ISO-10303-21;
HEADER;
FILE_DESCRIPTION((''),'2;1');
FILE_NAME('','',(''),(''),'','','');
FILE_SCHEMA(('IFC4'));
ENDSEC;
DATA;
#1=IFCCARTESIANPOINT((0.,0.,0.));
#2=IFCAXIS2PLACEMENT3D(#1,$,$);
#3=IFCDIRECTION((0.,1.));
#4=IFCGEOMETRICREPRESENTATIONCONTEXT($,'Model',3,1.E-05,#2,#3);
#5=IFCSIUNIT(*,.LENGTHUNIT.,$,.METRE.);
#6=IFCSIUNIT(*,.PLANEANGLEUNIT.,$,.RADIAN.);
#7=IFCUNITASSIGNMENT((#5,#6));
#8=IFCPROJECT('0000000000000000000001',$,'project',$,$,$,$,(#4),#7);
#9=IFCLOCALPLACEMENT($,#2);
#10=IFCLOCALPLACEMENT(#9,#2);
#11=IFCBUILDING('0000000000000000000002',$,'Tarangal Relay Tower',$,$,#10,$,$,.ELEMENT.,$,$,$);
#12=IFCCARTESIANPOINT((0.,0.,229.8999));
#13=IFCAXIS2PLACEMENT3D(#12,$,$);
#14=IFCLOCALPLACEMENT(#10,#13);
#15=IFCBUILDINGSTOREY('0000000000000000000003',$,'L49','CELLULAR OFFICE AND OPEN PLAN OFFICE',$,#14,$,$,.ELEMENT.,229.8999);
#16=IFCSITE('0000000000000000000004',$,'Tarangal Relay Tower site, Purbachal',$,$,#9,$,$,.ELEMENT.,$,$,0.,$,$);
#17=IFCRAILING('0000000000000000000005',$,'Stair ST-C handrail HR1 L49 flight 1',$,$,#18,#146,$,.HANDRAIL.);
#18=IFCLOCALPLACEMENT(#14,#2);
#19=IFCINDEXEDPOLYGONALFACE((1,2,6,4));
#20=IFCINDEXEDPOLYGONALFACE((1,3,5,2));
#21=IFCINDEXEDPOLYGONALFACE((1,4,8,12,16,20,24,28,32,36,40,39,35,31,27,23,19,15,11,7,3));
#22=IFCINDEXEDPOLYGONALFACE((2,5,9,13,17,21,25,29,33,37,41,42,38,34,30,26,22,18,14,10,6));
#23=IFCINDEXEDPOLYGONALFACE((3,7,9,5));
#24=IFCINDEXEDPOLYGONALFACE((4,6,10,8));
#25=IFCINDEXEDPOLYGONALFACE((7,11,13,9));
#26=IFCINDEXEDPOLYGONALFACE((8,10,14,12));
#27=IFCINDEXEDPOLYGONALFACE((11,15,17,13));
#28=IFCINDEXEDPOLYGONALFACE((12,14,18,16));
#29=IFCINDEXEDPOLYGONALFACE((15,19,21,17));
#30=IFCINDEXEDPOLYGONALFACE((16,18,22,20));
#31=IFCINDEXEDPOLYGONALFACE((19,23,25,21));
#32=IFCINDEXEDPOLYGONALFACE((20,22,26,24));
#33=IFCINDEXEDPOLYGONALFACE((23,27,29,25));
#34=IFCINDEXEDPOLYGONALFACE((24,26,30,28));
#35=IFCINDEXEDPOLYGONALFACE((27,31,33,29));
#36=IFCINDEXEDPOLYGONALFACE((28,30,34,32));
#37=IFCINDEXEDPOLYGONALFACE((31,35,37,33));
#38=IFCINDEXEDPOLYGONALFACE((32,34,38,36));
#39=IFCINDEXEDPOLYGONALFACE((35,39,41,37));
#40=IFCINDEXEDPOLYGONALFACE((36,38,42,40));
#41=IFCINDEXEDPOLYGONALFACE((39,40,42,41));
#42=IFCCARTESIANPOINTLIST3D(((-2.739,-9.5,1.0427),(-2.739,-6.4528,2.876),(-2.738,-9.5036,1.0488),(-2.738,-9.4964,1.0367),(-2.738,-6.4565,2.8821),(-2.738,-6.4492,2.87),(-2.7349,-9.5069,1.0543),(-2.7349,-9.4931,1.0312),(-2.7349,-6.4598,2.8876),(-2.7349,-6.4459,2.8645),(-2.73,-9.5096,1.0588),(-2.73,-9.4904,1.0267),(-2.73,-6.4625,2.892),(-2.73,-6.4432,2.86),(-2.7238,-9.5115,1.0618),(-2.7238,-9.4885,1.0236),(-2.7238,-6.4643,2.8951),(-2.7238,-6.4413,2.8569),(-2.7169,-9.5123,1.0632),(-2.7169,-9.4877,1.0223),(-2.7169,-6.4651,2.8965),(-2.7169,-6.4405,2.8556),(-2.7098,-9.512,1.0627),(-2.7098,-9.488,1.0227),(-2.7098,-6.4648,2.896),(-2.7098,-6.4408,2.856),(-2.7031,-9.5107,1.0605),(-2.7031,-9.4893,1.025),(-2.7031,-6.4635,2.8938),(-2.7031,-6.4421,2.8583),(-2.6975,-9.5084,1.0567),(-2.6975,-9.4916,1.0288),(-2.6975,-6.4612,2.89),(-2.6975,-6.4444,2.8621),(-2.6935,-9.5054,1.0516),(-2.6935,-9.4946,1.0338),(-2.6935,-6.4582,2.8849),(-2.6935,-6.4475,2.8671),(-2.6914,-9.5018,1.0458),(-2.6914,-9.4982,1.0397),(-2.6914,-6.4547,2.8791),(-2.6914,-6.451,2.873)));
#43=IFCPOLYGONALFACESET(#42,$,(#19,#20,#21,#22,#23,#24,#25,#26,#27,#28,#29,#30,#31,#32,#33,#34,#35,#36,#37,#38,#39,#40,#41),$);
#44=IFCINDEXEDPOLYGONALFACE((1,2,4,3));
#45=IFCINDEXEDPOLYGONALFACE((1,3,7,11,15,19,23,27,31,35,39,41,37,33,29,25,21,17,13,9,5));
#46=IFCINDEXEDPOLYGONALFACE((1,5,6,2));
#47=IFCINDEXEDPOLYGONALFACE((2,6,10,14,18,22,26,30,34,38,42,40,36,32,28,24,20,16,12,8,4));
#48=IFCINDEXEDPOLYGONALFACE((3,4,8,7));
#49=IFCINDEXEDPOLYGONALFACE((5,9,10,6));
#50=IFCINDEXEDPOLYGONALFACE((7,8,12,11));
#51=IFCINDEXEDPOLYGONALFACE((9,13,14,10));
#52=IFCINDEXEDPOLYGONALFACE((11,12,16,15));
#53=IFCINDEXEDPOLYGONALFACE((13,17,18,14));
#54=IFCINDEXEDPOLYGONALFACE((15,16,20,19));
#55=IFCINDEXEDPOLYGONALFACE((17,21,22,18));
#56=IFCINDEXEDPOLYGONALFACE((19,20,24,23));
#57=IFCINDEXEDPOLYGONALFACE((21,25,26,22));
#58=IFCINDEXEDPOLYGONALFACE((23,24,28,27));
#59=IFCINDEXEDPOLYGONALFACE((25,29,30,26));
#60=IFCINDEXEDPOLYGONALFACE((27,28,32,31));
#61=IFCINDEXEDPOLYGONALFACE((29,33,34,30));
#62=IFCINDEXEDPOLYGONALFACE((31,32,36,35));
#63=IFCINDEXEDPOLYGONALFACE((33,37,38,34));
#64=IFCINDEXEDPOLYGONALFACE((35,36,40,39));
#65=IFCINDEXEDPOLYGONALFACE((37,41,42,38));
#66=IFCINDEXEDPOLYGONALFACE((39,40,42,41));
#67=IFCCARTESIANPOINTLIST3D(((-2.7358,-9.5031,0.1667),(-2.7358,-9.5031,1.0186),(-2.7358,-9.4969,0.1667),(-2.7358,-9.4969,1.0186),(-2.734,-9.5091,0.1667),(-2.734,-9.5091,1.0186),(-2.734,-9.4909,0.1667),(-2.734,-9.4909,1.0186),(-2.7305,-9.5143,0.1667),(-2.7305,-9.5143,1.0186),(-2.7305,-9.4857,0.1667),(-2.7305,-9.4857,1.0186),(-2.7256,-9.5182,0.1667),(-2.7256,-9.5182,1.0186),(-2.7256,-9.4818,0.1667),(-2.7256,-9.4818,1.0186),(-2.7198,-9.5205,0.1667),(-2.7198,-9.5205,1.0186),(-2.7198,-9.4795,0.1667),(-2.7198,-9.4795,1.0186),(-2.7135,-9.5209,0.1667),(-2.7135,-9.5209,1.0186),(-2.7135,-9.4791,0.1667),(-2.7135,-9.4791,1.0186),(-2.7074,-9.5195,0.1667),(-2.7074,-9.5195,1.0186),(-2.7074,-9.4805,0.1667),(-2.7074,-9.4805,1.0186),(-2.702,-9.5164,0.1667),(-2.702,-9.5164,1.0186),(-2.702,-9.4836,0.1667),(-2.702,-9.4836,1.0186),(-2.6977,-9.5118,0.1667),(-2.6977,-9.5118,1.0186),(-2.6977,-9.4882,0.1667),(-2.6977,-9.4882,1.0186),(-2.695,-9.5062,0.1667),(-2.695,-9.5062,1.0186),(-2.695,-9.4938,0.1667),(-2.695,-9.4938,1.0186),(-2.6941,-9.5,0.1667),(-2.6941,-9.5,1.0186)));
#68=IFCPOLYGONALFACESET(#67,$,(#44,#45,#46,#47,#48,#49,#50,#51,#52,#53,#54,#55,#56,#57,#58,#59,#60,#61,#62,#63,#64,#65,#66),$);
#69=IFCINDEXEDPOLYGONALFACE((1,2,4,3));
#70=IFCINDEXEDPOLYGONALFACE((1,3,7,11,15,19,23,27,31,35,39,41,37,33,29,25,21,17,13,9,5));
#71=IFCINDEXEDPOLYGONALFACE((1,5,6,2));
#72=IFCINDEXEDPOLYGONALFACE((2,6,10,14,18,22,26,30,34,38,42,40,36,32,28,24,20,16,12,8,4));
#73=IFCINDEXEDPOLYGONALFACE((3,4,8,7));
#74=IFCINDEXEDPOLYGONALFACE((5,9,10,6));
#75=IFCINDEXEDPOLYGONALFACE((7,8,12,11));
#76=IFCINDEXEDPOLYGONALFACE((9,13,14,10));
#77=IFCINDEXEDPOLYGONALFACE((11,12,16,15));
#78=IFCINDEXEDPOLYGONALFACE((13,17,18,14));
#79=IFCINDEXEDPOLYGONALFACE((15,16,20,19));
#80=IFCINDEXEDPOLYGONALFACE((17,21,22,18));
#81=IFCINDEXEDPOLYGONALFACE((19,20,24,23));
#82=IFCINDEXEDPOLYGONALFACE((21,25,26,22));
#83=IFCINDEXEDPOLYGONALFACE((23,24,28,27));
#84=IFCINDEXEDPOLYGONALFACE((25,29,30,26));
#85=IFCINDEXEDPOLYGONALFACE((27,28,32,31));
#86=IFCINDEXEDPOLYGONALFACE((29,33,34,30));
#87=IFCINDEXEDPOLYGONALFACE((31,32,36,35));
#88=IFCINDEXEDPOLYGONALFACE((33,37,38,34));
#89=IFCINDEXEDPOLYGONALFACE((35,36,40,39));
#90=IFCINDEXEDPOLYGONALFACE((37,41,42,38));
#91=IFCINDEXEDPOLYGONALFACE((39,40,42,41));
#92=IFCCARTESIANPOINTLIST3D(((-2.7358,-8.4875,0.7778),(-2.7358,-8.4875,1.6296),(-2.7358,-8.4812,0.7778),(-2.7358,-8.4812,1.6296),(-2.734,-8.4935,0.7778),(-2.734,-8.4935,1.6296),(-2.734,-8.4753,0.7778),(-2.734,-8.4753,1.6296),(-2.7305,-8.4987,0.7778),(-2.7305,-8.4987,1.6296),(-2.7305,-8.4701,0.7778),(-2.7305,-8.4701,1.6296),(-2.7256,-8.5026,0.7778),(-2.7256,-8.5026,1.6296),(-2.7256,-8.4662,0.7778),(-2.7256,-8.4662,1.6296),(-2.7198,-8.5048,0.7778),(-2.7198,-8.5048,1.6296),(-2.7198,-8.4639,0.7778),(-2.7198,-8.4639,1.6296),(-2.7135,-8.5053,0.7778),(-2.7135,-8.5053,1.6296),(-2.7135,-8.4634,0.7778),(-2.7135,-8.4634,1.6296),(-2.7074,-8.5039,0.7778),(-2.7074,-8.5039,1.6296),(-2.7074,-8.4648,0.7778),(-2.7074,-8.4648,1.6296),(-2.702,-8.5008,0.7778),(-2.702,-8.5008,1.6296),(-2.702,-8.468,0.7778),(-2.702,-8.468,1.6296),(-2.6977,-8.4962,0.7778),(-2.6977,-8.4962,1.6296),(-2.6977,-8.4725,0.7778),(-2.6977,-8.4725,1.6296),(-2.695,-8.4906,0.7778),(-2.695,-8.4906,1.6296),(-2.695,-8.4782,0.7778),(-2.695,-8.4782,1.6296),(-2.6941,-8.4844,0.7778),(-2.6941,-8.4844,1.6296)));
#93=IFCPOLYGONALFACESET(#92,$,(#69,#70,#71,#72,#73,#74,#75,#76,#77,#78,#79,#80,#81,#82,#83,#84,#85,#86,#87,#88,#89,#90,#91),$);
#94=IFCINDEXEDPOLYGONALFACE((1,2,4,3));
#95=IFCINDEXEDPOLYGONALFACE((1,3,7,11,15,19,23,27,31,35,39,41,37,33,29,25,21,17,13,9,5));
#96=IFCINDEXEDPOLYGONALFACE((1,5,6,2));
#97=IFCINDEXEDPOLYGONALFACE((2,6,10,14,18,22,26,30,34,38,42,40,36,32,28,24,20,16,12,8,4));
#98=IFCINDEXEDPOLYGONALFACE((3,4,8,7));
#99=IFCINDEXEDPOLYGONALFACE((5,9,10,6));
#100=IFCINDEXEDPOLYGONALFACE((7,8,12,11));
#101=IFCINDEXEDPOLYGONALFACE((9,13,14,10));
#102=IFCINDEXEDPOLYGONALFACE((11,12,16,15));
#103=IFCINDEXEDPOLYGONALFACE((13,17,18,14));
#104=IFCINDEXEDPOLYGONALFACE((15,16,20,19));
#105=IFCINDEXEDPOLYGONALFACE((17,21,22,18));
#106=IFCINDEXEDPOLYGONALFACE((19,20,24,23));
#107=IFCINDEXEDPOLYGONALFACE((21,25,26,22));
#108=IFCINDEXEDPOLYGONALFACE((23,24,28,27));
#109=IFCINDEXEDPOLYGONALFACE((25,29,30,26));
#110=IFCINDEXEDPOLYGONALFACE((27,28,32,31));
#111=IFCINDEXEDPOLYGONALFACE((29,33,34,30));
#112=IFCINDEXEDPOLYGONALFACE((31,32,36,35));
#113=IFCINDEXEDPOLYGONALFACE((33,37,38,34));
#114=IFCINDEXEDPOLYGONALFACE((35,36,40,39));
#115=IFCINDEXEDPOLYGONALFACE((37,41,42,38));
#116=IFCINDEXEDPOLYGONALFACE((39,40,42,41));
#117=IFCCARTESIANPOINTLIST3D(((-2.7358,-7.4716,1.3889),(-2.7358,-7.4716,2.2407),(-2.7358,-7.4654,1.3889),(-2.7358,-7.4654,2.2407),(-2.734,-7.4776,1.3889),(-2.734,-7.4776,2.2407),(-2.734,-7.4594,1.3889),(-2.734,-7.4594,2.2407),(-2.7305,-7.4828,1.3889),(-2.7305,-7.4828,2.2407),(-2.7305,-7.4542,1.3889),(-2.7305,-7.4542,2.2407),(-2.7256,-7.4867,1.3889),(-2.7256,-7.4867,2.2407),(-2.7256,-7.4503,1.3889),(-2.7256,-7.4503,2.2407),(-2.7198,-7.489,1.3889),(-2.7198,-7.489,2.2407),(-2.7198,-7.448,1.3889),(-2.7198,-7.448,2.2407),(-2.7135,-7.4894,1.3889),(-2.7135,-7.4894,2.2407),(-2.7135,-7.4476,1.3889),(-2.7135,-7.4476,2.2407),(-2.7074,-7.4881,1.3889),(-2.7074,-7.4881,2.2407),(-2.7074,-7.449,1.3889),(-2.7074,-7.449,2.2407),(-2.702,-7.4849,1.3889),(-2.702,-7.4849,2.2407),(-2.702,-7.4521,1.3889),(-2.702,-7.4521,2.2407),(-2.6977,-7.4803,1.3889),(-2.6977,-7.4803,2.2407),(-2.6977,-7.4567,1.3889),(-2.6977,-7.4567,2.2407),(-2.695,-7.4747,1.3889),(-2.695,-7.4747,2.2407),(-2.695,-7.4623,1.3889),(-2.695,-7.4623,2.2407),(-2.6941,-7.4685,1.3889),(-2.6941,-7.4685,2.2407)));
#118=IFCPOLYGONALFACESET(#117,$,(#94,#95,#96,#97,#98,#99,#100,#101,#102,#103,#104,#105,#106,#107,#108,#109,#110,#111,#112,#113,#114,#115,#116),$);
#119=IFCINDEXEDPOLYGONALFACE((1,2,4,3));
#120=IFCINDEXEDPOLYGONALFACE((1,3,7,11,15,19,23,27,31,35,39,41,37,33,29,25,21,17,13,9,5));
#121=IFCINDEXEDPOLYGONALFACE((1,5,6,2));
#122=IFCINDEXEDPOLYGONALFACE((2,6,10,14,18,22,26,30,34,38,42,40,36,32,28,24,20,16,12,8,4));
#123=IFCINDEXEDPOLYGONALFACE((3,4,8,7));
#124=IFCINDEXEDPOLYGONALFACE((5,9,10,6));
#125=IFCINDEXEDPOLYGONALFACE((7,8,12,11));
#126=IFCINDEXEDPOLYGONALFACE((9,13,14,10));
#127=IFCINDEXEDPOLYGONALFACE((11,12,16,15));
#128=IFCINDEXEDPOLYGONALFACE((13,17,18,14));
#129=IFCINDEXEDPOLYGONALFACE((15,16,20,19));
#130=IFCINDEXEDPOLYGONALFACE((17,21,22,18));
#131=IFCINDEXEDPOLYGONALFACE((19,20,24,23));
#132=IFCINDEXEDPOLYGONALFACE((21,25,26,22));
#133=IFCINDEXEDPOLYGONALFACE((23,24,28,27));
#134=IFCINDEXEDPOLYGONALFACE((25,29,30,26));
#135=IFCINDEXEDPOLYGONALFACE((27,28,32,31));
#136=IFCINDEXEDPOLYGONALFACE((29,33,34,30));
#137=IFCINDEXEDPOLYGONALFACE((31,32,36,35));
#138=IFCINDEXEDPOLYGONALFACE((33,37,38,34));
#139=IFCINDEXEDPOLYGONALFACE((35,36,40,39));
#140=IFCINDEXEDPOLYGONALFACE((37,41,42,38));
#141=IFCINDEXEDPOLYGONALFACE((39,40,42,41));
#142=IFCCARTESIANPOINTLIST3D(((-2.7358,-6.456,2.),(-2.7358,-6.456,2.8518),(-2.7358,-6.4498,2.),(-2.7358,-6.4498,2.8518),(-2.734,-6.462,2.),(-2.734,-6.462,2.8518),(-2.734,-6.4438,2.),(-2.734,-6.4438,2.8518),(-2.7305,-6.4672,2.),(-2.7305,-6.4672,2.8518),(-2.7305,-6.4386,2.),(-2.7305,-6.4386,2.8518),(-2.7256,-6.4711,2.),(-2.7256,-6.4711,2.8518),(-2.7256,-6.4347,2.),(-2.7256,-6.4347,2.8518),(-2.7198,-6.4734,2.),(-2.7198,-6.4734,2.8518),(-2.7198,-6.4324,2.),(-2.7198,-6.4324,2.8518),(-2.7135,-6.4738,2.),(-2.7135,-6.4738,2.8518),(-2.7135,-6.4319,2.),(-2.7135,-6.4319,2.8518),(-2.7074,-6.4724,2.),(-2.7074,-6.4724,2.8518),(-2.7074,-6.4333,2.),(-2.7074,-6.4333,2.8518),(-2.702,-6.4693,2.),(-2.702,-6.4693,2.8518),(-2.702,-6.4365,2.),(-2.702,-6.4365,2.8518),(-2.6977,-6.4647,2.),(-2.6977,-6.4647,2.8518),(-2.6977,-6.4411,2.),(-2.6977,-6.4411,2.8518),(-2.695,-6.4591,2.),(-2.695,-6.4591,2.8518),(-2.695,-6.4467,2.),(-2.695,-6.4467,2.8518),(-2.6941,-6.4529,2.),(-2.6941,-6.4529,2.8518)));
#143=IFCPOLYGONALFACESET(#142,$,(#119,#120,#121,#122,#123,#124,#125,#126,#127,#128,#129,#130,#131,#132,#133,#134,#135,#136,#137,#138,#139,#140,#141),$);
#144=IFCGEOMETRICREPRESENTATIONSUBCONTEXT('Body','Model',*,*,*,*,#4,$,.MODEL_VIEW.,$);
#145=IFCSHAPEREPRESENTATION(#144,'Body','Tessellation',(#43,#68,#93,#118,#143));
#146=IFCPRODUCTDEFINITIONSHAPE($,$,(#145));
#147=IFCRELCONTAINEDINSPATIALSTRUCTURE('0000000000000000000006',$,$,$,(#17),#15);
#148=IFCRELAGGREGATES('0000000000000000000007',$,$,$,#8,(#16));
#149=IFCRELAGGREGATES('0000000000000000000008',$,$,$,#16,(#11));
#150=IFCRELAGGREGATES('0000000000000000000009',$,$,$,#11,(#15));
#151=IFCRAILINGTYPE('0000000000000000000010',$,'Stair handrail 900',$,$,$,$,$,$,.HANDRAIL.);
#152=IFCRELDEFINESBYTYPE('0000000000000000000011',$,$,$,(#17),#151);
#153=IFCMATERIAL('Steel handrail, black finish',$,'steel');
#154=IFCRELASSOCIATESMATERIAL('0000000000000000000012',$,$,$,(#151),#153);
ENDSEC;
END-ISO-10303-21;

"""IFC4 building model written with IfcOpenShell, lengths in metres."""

from ifc_helpers import new_model, si_unit, direction, frame, origin, origin_2d, place, context, subcontext, project, spatial, circle, extrude, material, type_object, element, save


model = new_model("IFC4")

# Units and contexts
model_context = context("Model", 3, precision=1e-05, world=origin(), true_north=direction((0.0, 1.0)))
body_context = subcontext(model_context, "Body", "Model", "MODEL_VIEW")
ifc_project = project(units=[si_unit("LENGTHUNIT", "METRE"), si_unit("PLANEANGLEUNIT", "RADIAN")], contexts=[model_context])

# Site, building, storey
site_placement = place(None, origin())
site = spatial("IfcSite", under=ifc_project, at=site_placement, Name="Tarangal Relay Tower site, Purbachal", CompositionType="ELEMENT", RefElevation=0.0)
building_placement = place(site_placement, origin())
building = spatial("IfcBuilding", under=site, at=building_placement, Name="Tarangal Relay Tower", CompositionType="ELEMENT")
storey_placement = place(building_placement, frame((0.0, 0.0, 229.8999)))
storey = spatial("IfcBuildingStorey", under=building, at=storey_placement, Name="L49", Description="CELLULAR OFFICE AND OPEN PLAN OFFICE", CompositionType="ELEMENT", Elevation=229.8999)

# Railing
ifc_material_1 = material(Name="Steel handrail, black finish", Category="steel")
railing_type_1 = type_object("IfcRailingType", Name="Stair handrail 900", PredefinedType="HANDRAIL", material=ifc_material_1)
railing_1_placement = place(storey_placement, frame((-2.7151, -9.5, 0.1667)))
element("IfcRailing", 1, at=railing_1_placement, inside=storey, type_object=railing_type_1, Name="Stair ST-C handrail HR1 L49 flight 1", PredefinedType="HANDRAIL", context=body_context, shape_type="SweptSolid", body=[
    extrude(circle(Radius=0.0239, at=origin_2d()), frame((0.0, 0.0, 0.876), z_axis=(0.0, 0.856874, 0.515525), x_axis=(-1.0, 0.0, 0.0)), (0.0, 0.0, 1.0), 3.5562),
    extrude(circle(Radius=0.021, at=origin_2d()), origin(), (0.0, 0.0, 1.0), 0.8518),
    extrude(circle(Radius=0.021, at=origin_2d()), frame((0.0, 1.0156, 0.6111)), (0.0, 0.0, 1.0), 0.8518),
    extrude(circle(Radius=0.021, at=origin_2d()), frame((0.0, 2.0315, 1.2222)), (0.0, 0.0, 1.0), 0.8518),
    extrude(circle(Radius=0.021, at=origin_2d()), frame((0.0, 3.0471, 1.8333)), (0.0, 0.0, 1.0), 0.8518),
])

save(model, "model.ifc")
